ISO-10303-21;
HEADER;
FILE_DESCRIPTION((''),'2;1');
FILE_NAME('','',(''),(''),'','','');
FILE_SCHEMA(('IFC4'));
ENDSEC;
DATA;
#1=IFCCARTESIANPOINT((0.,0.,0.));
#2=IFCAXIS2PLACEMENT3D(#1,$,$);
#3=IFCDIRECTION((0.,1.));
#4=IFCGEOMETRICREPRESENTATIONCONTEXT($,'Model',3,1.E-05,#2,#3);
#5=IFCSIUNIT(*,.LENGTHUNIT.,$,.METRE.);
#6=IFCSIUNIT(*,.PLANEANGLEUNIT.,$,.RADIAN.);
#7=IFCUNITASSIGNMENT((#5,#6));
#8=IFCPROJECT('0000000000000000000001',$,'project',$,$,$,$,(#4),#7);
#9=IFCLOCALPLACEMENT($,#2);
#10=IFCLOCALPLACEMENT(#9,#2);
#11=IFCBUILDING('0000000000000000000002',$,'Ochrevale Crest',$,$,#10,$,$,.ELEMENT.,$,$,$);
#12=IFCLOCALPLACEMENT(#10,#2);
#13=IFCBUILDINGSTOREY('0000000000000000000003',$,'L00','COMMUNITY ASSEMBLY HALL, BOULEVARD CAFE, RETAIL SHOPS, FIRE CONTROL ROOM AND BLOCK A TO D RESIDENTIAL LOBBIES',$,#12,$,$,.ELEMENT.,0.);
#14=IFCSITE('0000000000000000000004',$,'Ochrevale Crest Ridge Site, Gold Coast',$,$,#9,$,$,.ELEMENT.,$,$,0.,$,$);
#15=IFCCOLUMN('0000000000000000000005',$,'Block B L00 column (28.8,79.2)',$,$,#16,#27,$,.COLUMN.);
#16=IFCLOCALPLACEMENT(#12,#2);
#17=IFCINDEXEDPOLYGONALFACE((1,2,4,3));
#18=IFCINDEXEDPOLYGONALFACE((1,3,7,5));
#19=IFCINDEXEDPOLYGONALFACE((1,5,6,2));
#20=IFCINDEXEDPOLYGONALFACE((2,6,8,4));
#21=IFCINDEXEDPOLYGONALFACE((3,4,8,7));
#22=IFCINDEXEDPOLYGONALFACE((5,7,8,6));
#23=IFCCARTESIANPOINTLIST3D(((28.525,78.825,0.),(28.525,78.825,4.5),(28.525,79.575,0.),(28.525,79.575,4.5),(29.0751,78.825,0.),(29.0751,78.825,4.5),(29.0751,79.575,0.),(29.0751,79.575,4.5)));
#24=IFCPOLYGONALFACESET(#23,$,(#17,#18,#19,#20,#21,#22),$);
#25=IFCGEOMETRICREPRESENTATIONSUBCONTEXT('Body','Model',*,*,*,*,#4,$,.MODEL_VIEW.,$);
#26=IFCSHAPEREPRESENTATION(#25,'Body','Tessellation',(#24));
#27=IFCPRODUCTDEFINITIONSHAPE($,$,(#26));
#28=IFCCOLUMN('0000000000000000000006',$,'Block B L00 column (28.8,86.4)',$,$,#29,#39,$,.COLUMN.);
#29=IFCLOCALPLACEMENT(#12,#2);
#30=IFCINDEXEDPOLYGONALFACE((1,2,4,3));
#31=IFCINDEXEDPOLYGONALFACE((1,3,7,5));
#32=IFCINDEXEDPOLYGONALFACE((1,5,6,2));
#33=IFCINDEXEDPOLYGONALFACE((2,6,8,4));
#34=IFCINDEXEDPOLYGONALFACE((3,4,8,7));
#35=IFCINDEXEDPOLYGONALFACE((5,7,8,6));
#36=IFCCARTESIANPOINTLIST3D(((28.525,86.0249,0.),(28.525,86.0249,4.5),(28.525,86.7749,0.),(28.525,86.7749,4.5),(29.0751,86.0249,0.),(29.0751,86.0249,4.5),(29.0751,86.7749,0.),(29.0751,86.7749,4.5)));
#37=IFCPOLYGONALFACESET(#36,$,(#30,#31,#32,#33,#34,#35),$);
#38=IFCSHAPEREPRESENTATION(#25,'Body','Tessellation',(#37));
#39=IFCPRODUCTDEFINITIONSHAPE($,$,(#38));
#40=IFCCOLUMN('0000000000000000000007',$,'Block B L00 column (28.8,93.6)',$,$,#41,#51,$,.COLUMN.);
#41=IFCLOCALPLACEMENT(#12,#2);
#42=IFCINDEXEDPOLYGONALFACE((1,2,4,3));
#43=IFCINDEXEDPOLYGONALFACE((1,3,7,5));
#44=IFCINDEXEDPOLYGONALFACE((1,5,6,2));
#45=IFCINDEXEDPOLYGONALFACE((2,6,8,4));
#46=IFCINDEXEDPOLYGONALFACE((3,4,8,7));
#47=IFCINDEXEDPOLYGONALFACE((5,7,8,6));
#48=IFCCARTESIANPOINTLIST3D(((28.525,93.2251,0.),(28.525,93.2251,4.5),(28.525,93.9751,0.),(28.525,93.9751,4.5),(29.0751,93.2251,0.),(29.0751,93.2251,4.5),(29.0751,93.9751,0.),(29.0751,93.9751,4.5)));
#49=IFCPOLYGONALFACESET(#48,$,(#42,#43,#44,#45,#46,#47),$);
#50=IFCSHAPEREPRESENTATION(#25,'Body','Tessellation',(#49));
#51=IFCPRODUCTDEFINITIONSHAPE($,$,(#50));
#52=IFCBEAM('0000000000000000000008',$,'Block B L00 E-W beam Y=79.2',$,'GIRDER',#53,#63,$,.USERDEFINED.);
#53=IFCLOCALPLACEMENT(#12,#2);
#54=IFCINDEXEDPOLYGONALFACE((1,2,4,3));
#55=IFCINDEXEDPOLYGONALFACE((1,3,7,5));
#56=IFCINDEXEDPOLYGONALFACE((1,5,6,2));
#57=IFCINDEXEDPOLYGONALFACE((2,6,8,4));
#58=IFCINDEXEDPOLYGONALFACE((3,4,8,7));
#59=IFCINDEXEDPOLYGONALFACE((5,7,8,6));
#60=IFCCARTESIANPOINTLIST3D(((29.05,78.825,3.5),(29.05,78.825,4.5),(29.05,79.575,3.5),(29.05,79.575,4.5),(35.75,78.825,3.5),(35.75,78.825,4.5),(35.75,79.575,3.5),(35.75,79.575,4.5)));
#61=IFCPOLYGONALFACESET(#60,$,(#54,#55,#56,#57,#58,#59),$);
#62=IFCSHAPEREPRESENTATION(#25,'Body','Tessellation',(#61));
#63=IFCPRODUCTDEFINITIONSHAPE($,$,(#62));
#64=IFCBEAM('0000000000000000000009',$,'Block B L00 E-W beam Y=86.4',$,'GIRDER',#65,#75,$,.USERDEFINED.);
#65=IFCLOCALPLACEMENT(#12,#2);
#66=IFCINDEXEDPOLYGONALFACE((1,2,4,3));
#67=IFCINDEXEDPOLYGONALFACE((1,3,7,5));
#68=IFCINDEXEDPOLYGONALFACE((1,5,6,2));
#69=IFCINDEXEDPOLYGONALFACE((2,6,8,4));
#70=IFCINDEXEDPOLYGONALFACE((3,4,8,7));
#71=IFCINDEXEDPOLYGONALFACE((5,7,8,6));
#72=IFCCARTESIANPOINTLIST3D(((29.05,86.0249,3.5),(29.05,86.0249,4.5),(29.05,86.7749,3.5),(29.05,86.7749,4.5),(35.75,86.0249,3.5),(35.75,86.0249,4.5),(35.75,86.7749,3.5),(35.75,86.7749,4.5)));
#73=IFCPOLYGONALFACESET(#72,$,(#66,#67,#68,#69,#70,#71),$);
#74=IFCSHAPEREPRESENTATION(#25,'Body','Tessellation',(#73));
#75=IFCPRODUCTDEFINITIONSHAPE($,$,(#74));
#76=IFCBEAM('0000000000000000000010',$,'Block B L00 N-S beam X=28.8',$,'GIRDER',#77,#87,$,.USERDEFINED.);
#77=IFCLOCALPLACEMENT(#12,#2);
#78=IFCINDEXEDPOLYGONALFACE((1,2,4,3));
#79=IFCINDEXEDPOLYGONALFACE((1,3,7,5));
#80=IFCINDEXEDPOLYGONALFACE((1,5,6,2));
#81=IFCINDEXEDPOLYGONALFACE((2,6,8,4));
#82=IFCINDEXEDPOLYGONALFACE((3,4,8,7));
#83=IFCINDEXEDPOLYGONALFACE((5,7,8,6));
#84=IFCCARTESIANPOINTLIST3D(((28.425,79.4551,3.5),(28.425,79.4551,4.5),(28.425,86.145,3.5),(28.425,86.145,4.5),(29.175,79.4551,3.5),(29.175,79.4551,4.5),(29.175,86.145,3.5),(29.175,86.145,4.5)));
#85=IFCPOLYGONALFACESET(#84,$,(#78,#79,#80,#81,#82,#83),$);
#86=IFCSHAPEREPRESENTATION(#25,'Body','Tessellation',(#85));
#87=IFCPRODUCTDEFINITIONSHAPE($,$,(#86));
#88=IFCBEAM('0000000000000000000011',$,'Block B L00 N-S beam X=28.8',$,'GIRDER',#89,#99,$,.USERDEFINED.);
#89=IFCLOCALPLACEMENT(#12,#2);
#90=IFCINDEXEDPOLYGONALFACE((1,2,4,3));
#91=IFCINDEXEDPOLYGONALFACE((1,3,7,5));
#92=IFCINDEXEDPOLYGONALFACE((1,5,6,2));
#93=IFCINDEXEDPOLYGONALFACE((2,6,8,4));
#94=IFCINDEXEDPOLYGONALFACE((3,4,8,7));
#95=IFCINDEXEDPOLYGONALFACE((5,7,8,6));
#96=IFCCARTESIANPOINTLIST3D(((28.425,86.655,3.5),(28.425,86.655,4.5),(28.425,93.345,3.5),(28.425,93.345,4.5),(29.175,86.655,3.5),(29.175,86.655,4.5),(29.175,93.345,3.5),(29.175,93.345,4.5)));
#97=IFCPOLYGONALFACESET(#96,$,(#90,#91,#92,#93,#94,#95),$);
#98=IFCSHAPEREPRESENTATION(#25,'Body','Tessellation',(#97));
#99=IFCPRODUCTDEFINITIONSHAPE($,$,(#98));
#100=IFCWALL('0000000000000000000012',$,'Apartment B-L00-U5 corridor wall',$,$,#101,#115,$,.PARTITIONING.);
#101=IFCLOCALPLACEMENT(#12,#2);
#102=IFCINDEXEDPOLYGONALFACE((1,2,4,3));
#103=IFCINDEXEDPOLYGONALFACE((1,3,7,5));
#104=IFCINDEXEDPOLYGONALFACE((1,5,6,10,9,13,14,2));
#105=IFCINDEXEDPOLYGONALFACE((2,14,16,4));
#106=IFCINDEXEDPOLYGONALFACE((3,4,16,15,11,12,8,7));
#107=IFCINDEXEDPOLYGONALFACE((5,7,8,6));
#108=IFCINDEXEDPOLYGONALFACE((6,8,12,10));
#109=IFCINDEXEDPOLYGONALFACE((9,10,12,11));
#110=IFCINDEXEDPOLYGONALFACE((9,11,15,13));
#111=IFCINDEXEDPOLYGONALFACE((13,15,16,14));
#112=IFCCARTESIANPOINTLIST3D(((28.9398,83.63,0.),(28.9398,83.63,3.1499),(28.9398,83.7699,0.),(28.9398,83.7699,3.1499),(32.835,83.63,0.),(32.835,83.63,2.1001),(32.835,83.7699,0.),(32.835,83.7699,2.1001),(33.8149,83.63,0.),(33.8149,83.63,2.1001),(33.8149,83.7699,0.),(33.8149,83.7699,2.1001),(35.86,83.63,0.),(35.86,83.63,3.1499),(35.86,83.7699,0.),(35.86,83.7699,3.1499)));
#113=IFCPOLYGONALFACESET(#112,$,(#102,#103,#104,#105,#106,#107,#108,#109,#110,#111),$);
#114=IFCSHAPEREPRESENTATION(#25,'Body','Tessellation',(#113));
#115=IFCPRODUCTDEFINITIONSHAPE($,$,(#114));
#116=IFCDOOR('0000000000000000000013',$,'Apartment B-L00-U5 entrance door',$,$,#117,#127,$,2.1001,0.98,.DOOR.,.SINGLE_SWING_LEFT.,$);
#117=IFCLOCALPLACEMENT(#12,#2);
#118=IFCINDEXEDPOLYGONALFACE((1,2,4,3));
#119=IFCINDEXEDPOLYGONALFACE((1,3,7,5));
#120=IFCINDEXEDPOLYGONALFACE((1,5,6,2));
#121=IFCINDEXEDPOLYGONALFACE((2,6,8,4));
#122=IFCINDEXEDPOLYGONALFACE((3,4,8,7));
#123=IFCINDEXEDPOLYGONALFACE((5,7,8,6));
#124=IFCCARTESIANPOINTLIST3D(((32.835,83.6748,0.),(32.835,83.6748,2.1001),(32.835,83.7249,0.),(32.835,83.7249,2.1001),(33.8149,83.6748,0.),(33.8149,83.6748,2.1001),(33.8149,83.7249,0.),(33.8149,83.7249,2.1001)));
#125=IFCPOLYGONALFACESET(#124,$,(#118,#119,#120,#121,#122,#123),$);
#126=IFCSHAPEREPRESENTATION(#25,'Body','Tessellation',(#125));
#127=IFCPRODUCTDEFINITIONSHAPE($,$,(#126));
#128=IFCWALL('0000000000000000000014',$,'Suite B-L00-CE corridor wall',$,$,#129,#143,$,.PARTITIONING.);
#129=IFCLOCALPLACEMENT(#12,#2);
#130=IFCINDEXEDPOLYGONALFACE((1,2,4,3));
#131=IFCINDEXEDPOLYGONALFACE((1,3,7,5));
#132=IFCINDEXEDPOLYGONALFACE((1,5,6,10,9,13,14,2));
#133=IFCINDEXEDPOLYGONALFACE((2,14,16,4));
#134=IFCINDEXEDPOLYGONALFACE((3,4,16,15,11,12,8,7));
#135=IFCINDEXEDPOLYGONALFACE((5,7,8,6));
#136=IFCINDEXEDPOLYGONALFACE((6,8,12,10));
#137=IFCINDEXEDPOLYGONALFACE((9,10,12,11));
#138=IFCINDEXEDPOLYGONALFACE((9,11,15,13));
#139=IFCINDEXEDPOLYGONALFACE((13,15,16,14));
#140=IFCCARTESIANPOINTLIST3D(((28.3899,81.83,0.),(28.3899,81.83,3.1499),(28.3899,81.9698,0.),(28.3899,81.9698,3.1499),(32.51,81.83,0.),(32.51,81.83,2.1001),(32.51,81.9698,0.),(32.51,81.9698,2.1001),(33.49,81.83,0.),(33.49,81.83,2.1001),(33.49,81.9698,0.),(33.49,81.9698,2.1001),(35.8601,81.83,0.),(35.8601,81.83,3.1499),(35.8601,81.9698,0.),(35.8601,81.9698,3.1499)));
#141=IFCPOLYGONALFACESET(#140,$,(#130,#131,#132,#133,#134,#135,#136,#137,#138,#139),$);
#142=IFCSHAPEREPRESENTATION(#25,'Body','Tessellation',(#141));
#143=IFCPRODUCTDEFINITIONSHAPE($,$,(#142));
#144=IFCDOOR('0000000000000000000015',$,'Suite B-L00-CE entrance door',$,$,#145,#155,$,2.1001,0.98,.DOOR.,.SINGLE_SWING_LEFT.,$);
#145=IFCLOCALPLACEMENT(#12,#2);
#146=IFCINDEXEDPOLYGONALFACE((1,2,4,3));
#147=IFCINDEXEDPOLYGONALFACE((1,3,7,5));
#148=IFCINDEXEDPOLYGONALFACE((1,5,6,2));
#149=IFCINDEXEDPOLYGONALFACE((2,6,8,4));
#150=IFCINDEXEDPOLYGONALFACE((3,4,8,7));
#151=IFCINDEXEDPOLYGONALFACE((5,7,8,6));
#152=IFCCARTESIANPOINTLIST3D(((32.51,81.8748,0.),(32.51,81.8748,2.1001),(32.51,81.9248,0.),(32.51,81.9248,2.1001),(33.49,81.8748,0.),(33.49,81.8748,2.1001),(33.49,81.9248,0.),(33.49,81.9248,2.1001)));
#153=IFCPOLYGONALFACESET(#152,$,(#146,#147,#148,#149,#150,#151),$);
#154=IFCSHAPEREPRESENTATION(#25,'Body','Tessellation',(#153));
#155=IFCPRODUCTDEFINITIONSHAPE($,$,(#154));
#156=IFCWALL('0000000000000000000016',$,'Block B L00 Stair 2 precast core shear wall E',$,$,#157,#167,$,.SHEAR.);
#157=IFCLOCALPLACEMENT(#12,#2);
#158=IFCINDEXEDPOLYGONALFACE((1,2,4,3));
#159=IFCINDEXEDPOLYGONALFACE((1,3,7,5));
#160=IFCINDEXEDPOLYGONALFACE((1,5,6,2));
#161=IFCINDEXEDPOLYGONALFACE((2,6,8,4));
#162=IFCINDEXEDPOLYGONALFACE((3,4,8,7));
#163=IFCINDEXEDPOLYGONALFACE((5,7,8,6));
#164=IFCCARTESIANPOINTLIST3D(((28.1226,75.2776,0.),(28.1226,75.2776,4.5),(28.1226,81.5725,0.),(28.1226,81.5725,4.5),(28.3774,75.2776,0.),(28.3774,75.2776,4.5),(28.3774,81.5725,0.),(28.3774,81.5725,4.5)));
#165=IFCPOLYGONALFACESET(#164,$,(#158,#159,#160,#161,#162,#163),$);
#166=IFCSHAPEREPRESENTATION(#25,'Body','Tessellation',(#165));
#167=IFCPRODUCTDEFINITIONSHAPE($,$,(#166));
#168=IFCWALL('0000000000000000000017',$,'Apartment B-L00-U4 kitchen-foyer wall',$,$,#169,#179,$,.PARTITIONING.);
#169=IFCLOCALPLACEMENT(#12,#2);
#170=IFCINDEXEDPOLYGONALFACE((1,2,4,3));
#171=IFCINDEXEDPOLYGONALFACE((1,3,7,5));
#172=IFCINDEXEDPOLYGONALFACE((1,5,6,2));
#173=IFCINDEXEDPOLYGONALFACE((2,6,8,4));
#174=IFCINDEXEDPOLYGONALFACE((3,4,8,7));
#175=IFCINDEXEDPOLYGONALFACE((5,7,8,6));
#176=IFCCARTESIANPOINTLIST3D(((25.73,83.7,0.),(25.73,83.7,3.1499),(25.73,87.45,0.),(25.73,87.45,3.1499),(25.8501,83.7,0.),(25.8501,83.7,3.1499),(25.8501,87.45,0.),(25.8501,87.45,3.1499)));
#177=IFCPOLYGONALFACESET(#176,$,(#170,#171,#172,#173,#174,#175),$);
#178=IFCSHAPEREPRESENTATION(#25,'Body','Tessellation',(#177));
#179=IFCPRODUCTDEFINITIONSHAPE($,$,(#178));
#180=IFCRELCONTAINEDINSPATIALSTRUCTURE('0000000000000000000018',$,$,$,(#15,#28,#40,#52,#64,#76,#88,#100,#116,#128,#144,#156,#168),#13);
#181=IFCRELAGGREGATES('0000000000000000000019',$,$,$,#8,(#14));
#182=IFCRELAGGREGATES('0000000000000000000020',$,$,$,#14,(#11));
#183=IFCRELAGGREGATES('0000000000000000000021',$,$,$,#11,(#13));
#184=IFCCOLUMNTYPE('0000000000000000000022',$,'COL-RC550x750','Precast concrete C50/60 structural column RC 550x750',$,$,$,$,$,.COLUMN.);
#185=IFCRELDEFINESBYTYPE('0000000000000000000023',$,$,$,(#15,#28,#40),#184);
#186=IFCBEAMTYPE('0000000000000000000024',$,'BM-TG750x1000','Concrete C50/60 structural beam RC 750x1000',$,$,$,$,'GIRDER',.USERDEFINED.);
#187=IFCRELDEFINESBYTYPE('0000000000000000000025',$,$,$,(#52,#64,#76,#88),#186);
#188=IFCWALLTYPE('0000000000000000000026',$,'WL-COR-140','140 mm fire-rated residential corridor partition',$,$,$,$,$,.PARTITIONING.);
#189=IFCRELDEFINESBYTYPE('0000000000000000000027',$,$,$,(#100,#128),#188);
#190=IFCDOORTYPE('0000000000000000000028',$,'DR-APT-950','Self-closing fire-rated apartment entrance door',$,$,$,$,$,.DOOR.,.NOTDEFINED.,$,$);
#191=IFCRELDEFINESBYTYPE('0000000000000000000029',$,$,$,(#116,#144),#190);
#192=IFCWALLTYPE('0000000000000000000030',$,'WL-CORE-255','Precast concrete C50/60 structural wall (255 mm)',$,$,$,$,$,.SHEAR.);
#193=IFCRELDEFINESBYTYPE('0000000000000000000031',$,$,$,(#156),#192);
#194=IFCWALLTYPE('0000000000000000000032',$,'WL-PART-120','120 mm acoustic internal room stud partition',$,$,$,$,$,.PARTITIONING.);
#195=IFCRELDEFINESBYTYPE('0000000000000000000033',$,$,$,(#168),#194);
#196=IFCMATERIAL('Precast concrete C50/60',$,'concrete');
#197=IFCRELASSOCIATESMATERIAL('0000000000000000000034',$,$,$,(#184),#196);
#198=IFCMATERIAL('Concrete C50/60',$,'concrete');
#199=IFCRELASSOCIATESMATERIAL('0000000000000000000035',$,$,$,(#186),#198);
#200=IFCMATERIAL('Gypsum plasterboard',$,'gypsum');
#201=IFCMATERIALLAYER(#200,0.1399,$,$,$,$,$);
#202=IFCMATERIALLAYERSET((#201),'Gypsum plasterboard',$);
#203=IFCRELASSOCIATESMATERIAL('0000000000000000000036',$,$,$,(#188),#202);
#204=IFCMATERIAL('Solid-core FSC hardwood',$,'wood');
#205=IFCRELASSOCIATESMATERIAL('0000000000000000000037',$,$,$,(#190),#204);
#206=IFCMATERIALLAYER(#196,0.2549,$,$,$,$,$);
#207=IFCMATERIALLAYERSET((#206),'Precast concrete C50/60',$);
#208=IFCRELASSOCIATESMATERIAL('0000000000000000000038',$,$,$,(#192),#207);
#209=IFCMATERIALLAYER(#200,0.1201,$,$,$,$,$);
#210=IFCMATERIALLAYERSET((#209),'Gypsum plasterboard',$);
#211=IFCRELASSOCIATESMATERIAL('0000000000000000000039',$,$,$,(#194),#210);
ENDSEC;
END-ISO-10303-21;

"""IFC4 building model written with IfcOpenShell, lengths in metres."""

from ifc_helpers import new_model, si_unit, direction, frame, frame_2d, origin, origin_2d, place, context, subcontext, project, spatial, rectangle, extrude, material, layer, layer_set, material_profile, profile_set, type_object, element, fill, save


model = new_model("IFC4")

# Units and contexts
model_context = context("Model", 3, precision=1e-05, world=origin(), true_north=direction((0.0, 1.0)))
body_context = subcontext(model_context, "Body", "Model", "MODEL_VIEW")
ifc_project = project(units=[si_unit("LENGTHUNIT", "METRE"), si_unit("PLANEANGLEUNIT", "RADIAN")], contexts=[model_context])

# Site, building, storey
site_placement = place(None, origin())
site = spatial("IfcSite", under=ifc_project, at=site_placement, Name="Ochrevale Crest Ridge Site, Gold Coast", CompositionType="ELEMENT", RefElevation=0.0)
building_placement = place(site_placement, origin())
building = spatial("IfcBuilding", under=site, at=building_placement, Name="Ochrevale Crest", CompositionType="ELEMENT")
storey_placement = place(building_placement, origin())
storey = spatial("IfcBuildingStorey", under=building, at=storey_placement, Name="L00", Description="COMMUNITY ASSEMBLY HALL, BOULEVARD CAFE, RETAIL SHOPS, FIRE CONTROL ROOM AND BLOCK A TO D RESIDENTIAL LOBBIES", CompositionType="ELEMENT", Elevation=0.0)

# Columns
ifc_material_1 = material(Name="Precast concrete C50/60", Category="concrete")
ifc_material_profile_1 = material_profile(ifc_material_1, rectangle(XDim=0.55, YDim=0.75, at=origin_2d()), Name="RC 550x750")
ifc_profile_set_1 = profile_set([ifc_material_profile_1], Name="Precast concrete C50/60")
column_type = type_object("IfcColumnType", Name="COL-RC550x750", Description="Precast concrete C50/60 structural column RC 550x750", PredefinedType="COLUMN", material=ifc_profile_set_1)
for number, where, z_axis, x_axis, name in (
    (1, (28.8, 79.2, 0.0), (0.0, 0.0, 1.0), (1.0, 0.0, 0.0), "Block B L00 column (28.8,79.2)"),
    (2, (28.8, 86.3999, 0.0), (0.0, 0.0, 1.0), (1.0, 0.0, 0.0), "Block B L00 column (28.8,86.4)"),
    (3, (28.8, 93.6001, 0.0), (0.0, 0.0, 1.0), (1.0, 0.0, 0.0), "Block B L00 column (28.8,93.6)"),
):
    element("IfcColumn", number, at=place(storey_placement, frame(where, z_axis=z_axis, x_axis=x_axis)), inside=storey, type_object=column_type, Name=name, PredefinedType="COLUMN", context=body_context, shape_type="SweptSolid", body=[
        extrude(rectangle(XDim=0.55, YDim=0.75, at=origin_2d()), origin(), (0.0, 0.0, 1.0), 4.5),
    ])

# Beams
ifc_material_2 = material(Name="Concrete C50/60", Category="concrete")
ifc_material_profile_2 = material_profile(ifc_material_2, rectangle(XDim=0.75, YDim=1.0, at=origin_2d()), Name="RC 750x1000")
ifc_profile_set_2 = profile_set([ifc_material_profile_2], Name="Concrete C50/60")
beam_type = type_object("IfcBeamType", Name="BM-TG750x1000", Description="Concrete C50/60 structural beam RC 750x1000", ElementType="GIRDER", PredefinedType="USERDEFINED", material=ifc_profile_set_2)
for number, where, z_axis, x_axis, name in (
    (4, (29.05, 79.2, 4.0), (1.0, 0.0, 0.0), (0.0, 1.0, 0.0), "Block B L00 E-W beam Y=79.2"),
    (5, (29.05, 86.3999, 4.0), (1.0, 0.0, 0.0), (0.0, 1.0, 0.0), "Block B L00 E-W beam Y=86.4"),
):
    element("IfcBeam", number, at=place(storey_placement, frame(where, z_axis=z_axis, x_axis=x_axis)), inside=storey, type_object=beam_type, Name=name, ObjectType="GIRDER", PredefinedType="USERDEFINED", context=body_context, shape_type="SweptSolid", body=[
        extrude(rectangle(XDim=0.75, YDim=1.0, at=origin_2d()), origin(), (0.0, 0.0, 1.0), 6.7),
    ])
for number, where, z_axis, x_axis, name in (
    (6, (28.8, 79.4551, 4.0), (0.0, 1.0, 0.0), (-1.0, 0.0, 0.0), "Block B L00 N-S beam X=28.8"),
    (7, (28.8, 86.655, 4.0), (0.0, 1.0, 0.0), (-1.0, 0.0, 0.0), "Block B L00 N-S beam X=28.8"),
):
    element("IfcBeam", number, at=place(storey_placement, frame(where, z_axis=z_axis, x_axis=x_axis)), inside=storey, type_object=beam_type, Name=name, ObjectType="GIRDER", PredefinedType="USERDEFINED", context=body_context, shape_type="SweptSolid", body=[
        extrude(rectangle(XDim=0.75, YDim=1.0, at=origin_2d()), origin(), (0.0, 0.0, 1.0), 6.6899),
    ])

# Walls, openings, doors
ifc_material_3 = material(Name="Gypsum plasterboard", Category="gypsum")
ifc_layer_1 = layer(ifc_material_3, 0.1399)
ifc_layer_set_1 = layer_set([ifc_layer_1], Name="Gypsum plasterboard")
wall_type_1 = type_object("IfcWallType", Name="WL-COR-140", Description="140 mm fire-rated residential corridor partition", PredefinedType="PARTITIONING", material=ifc_layer_set_1)
wall_1_placement = place(storey_placement, frame((28.9399, 83.7, 0.0), z_axis=(0.0, 0.0, 1.0), x_axis=(1.0, 0.0, 0.0)))
wall_1 = element("IfcWall", 8, at=wall_1_placement, inside=storey, type_object=wall_type_1, Name="Apartment B-L00-U5 corridor wall", PredefinedType="PARTITIONING", context=body_context, shape_type="SweptSolid", body=[
    extrude(rectangle(XDim=6.9202, YDim=0.1399, at=frame_2d((3.46, 0.0))), origin(), (0.0, 0.0, 1.0), 3.1499),
])
opening_1_placement = place(wall_1_placement, frame((3.895, 0.0, 0.0)))
opening_1 = element("IfcOpeningElement", 9, at=opening_1_placement, cuts=wall_1, PredefinedType="OPENING", context=body_context, shape_type="SweptSolid", body=[
    extrude(rectangle(XDim=0.98, YDim=2.1001, at=frame_2d((0.49, 1.05))), frame((0.0, 0.0801, 0.0), z_axis=(0.0, -1.0, 0.0), x_axis=(1.0, 0.0, 0.0)), (0.0, 0.0, 1.0), 0.1599),
])
ifc_material_4 = material(Name="Solid-core FSC hardwood", Category="wood")
door_type_1 = type_object("IfcDoorType", Name="DR-APT-950", Description="Self-closing fire-rated apartment entrance door", OperationType="NOTDEFINED", PredefinedType="DOOR", material=ifc_material_4)
door_1_placement = place(opening_1_placement, origin())
door_1 = element("IfcDoor", 10, at=door_1_placement, inside=storey, type_object=door_type_1, Name="Apartment B-L00-U5 entrance door", OperationType="SINGLE_SWING_LEFT", OverallHeight=2.1001, OverallWidth=0.98, PredefinedType="DOOR", context=body_context, shape_type="SweptSolid", body=[
    extrude(rectangle(XDim=0.98, YDim=2.1001, at=frame_2d((0.49, 1.05))), frame((0.0, 0.0249, 0.0), z_axis=(0.0, -1.0, 0.0), x_axis=(1.0, 0.0, 0.0)), (0.0, 0.0, 1.0), 0.05),
])
fill(opening_1, door_1)
wall_2_placement = place(storey_placement, frame((28.3899, 81.8999, 0.0), z_axis=(0.0, 0.0, 1.0), x_axis=(1.0, 0.0, 0.0)))
wall_2 = element("IfcWall", 11, at=wall_2_placement, inside=storey, type_object=wall_type_1, Name="Suite B-L00-CE corridor wall", PredefinedType="PARTITIONING", context=body_context, shape_type="SweptSolid", body=[
    extrude(rectangle(XDim=7.4702, YDim=0.1399, at=frame_2d((3.7351, 0.0))), origin(), (0.0, 0.0, 1.0), 3.1499),
])
opening_2_placement = place(wall_2_placement, frame((4.1201, 0.0, 0.0)))
opening_2 = element("IfcOpeningElement", 12, at=opening_2_placement, cuts=wall_2, PredefinedType="OPENING", context=body_context, shape_type="SweptSolid", body=[
    extrude(rectangle(XDim=0.98, YDim=2.1001, at=frame_2d((0.49, 1.05))), frame((0.0, 0.0801, 0.0), z_axis=(0.0, -1.0, 0.0), x_axis=(1.0, 0.0, 0.0)), (0.0, 0.0, 1.0), 0.1599),
])
door_2_placement = place(opening_2_placement, origin())
door_2 = element("IfcDoor", 13, at=door_2_placement, inside=storey, type_object=door_type_1, Name="Suite B-L00-CE entrance door", OperationType="SINGLE_SWING_LEFT", OverallHeight=2.1001, OverallWidth=0.98, PredefinedType="DOOR", context=body_context, shape_type="SweptSolid", body=[
    extrude(rectangle(XDim=0.98, YDim=2.1001, at=frame_2d((0.49, 1.05))), frame((0.0, 0.0249, 0.0), z_axis=(0.0, -1.0, 0.0), x_axis=(1.0, 0.0, 0.0)), (0.0, 0.0, 1.0), 0.05),
])
fill(opening_2, door_2)

# Walls
ifc_layer_2 = layer(ifc_material_1, 0.2549)
ifc_layer_set_2 = layer_set([ifc_layer_2], Name="Precast concrete C50/60")
wall_type_2 = type_object("IfcWallType", Name="WL-CORE-255", Description="Precast concrete C50/60 structural wall (255 mm)", PredefinedType="SHEAR", material=ifc_layer_set_2)
wall_3_placement = place(storey_placement, frame((28.25, 75.2776, 0.0), z_axis=(0.0, 0.0, 1.0), x_axis=(0.0, 1.0, 0.0)))
element("IfcWall", 14, at=wall_3_placement, inside=storey, type_object=wall_type_2, Name="Block B L00 Stair 2 precast core shear wall E", PredefinedType="SHEAR", context=body_context, shape_type="SweptSolid", body=[
    extrude(rectangle(XDim=6.2949, YDim=0.2549, at=frame_2d((3.1475, 0.0))), origin(), (0.0, 0.0, 1.0), 4.5),
])
ifc_layer_3 = layer(ifc_material_3, 0.1201)
ifc_layer_set_3 = layer_set([ifc_layer_3], Name="Gypsum plasterboard")
wall_type_3 = type_object("IfcWallType", Name="WL-PART-120", Description="120 mm acoustic internal room stud partition", PredefinedType="PARTITIONING", material=ifc_layer_set_3)
wall_4_placement = place(storey_placement, frame((25.79, 83.7, 0.0), z_axis=(0.0, 0.0, 1.0), x_axis=(0.0, 1.0, 0.0)))
element("IfcWall", 15, at=wall_4_placement, inside=storey, type_object=wall_type_3, Name="Apartment B-L00-U4 kitchen-foyer wall", PredefinedType="PARTITIONING", context=body_context, shape_type="SweptSolid", body=[
    extrude(rectangle(XDim=3.75, YDim=0.1201, at=frame_2d((1.875, 0.0))), origin(), (0.0, 0.0, 1.0), 3.1499),
])

save(model, "model.ifc")
